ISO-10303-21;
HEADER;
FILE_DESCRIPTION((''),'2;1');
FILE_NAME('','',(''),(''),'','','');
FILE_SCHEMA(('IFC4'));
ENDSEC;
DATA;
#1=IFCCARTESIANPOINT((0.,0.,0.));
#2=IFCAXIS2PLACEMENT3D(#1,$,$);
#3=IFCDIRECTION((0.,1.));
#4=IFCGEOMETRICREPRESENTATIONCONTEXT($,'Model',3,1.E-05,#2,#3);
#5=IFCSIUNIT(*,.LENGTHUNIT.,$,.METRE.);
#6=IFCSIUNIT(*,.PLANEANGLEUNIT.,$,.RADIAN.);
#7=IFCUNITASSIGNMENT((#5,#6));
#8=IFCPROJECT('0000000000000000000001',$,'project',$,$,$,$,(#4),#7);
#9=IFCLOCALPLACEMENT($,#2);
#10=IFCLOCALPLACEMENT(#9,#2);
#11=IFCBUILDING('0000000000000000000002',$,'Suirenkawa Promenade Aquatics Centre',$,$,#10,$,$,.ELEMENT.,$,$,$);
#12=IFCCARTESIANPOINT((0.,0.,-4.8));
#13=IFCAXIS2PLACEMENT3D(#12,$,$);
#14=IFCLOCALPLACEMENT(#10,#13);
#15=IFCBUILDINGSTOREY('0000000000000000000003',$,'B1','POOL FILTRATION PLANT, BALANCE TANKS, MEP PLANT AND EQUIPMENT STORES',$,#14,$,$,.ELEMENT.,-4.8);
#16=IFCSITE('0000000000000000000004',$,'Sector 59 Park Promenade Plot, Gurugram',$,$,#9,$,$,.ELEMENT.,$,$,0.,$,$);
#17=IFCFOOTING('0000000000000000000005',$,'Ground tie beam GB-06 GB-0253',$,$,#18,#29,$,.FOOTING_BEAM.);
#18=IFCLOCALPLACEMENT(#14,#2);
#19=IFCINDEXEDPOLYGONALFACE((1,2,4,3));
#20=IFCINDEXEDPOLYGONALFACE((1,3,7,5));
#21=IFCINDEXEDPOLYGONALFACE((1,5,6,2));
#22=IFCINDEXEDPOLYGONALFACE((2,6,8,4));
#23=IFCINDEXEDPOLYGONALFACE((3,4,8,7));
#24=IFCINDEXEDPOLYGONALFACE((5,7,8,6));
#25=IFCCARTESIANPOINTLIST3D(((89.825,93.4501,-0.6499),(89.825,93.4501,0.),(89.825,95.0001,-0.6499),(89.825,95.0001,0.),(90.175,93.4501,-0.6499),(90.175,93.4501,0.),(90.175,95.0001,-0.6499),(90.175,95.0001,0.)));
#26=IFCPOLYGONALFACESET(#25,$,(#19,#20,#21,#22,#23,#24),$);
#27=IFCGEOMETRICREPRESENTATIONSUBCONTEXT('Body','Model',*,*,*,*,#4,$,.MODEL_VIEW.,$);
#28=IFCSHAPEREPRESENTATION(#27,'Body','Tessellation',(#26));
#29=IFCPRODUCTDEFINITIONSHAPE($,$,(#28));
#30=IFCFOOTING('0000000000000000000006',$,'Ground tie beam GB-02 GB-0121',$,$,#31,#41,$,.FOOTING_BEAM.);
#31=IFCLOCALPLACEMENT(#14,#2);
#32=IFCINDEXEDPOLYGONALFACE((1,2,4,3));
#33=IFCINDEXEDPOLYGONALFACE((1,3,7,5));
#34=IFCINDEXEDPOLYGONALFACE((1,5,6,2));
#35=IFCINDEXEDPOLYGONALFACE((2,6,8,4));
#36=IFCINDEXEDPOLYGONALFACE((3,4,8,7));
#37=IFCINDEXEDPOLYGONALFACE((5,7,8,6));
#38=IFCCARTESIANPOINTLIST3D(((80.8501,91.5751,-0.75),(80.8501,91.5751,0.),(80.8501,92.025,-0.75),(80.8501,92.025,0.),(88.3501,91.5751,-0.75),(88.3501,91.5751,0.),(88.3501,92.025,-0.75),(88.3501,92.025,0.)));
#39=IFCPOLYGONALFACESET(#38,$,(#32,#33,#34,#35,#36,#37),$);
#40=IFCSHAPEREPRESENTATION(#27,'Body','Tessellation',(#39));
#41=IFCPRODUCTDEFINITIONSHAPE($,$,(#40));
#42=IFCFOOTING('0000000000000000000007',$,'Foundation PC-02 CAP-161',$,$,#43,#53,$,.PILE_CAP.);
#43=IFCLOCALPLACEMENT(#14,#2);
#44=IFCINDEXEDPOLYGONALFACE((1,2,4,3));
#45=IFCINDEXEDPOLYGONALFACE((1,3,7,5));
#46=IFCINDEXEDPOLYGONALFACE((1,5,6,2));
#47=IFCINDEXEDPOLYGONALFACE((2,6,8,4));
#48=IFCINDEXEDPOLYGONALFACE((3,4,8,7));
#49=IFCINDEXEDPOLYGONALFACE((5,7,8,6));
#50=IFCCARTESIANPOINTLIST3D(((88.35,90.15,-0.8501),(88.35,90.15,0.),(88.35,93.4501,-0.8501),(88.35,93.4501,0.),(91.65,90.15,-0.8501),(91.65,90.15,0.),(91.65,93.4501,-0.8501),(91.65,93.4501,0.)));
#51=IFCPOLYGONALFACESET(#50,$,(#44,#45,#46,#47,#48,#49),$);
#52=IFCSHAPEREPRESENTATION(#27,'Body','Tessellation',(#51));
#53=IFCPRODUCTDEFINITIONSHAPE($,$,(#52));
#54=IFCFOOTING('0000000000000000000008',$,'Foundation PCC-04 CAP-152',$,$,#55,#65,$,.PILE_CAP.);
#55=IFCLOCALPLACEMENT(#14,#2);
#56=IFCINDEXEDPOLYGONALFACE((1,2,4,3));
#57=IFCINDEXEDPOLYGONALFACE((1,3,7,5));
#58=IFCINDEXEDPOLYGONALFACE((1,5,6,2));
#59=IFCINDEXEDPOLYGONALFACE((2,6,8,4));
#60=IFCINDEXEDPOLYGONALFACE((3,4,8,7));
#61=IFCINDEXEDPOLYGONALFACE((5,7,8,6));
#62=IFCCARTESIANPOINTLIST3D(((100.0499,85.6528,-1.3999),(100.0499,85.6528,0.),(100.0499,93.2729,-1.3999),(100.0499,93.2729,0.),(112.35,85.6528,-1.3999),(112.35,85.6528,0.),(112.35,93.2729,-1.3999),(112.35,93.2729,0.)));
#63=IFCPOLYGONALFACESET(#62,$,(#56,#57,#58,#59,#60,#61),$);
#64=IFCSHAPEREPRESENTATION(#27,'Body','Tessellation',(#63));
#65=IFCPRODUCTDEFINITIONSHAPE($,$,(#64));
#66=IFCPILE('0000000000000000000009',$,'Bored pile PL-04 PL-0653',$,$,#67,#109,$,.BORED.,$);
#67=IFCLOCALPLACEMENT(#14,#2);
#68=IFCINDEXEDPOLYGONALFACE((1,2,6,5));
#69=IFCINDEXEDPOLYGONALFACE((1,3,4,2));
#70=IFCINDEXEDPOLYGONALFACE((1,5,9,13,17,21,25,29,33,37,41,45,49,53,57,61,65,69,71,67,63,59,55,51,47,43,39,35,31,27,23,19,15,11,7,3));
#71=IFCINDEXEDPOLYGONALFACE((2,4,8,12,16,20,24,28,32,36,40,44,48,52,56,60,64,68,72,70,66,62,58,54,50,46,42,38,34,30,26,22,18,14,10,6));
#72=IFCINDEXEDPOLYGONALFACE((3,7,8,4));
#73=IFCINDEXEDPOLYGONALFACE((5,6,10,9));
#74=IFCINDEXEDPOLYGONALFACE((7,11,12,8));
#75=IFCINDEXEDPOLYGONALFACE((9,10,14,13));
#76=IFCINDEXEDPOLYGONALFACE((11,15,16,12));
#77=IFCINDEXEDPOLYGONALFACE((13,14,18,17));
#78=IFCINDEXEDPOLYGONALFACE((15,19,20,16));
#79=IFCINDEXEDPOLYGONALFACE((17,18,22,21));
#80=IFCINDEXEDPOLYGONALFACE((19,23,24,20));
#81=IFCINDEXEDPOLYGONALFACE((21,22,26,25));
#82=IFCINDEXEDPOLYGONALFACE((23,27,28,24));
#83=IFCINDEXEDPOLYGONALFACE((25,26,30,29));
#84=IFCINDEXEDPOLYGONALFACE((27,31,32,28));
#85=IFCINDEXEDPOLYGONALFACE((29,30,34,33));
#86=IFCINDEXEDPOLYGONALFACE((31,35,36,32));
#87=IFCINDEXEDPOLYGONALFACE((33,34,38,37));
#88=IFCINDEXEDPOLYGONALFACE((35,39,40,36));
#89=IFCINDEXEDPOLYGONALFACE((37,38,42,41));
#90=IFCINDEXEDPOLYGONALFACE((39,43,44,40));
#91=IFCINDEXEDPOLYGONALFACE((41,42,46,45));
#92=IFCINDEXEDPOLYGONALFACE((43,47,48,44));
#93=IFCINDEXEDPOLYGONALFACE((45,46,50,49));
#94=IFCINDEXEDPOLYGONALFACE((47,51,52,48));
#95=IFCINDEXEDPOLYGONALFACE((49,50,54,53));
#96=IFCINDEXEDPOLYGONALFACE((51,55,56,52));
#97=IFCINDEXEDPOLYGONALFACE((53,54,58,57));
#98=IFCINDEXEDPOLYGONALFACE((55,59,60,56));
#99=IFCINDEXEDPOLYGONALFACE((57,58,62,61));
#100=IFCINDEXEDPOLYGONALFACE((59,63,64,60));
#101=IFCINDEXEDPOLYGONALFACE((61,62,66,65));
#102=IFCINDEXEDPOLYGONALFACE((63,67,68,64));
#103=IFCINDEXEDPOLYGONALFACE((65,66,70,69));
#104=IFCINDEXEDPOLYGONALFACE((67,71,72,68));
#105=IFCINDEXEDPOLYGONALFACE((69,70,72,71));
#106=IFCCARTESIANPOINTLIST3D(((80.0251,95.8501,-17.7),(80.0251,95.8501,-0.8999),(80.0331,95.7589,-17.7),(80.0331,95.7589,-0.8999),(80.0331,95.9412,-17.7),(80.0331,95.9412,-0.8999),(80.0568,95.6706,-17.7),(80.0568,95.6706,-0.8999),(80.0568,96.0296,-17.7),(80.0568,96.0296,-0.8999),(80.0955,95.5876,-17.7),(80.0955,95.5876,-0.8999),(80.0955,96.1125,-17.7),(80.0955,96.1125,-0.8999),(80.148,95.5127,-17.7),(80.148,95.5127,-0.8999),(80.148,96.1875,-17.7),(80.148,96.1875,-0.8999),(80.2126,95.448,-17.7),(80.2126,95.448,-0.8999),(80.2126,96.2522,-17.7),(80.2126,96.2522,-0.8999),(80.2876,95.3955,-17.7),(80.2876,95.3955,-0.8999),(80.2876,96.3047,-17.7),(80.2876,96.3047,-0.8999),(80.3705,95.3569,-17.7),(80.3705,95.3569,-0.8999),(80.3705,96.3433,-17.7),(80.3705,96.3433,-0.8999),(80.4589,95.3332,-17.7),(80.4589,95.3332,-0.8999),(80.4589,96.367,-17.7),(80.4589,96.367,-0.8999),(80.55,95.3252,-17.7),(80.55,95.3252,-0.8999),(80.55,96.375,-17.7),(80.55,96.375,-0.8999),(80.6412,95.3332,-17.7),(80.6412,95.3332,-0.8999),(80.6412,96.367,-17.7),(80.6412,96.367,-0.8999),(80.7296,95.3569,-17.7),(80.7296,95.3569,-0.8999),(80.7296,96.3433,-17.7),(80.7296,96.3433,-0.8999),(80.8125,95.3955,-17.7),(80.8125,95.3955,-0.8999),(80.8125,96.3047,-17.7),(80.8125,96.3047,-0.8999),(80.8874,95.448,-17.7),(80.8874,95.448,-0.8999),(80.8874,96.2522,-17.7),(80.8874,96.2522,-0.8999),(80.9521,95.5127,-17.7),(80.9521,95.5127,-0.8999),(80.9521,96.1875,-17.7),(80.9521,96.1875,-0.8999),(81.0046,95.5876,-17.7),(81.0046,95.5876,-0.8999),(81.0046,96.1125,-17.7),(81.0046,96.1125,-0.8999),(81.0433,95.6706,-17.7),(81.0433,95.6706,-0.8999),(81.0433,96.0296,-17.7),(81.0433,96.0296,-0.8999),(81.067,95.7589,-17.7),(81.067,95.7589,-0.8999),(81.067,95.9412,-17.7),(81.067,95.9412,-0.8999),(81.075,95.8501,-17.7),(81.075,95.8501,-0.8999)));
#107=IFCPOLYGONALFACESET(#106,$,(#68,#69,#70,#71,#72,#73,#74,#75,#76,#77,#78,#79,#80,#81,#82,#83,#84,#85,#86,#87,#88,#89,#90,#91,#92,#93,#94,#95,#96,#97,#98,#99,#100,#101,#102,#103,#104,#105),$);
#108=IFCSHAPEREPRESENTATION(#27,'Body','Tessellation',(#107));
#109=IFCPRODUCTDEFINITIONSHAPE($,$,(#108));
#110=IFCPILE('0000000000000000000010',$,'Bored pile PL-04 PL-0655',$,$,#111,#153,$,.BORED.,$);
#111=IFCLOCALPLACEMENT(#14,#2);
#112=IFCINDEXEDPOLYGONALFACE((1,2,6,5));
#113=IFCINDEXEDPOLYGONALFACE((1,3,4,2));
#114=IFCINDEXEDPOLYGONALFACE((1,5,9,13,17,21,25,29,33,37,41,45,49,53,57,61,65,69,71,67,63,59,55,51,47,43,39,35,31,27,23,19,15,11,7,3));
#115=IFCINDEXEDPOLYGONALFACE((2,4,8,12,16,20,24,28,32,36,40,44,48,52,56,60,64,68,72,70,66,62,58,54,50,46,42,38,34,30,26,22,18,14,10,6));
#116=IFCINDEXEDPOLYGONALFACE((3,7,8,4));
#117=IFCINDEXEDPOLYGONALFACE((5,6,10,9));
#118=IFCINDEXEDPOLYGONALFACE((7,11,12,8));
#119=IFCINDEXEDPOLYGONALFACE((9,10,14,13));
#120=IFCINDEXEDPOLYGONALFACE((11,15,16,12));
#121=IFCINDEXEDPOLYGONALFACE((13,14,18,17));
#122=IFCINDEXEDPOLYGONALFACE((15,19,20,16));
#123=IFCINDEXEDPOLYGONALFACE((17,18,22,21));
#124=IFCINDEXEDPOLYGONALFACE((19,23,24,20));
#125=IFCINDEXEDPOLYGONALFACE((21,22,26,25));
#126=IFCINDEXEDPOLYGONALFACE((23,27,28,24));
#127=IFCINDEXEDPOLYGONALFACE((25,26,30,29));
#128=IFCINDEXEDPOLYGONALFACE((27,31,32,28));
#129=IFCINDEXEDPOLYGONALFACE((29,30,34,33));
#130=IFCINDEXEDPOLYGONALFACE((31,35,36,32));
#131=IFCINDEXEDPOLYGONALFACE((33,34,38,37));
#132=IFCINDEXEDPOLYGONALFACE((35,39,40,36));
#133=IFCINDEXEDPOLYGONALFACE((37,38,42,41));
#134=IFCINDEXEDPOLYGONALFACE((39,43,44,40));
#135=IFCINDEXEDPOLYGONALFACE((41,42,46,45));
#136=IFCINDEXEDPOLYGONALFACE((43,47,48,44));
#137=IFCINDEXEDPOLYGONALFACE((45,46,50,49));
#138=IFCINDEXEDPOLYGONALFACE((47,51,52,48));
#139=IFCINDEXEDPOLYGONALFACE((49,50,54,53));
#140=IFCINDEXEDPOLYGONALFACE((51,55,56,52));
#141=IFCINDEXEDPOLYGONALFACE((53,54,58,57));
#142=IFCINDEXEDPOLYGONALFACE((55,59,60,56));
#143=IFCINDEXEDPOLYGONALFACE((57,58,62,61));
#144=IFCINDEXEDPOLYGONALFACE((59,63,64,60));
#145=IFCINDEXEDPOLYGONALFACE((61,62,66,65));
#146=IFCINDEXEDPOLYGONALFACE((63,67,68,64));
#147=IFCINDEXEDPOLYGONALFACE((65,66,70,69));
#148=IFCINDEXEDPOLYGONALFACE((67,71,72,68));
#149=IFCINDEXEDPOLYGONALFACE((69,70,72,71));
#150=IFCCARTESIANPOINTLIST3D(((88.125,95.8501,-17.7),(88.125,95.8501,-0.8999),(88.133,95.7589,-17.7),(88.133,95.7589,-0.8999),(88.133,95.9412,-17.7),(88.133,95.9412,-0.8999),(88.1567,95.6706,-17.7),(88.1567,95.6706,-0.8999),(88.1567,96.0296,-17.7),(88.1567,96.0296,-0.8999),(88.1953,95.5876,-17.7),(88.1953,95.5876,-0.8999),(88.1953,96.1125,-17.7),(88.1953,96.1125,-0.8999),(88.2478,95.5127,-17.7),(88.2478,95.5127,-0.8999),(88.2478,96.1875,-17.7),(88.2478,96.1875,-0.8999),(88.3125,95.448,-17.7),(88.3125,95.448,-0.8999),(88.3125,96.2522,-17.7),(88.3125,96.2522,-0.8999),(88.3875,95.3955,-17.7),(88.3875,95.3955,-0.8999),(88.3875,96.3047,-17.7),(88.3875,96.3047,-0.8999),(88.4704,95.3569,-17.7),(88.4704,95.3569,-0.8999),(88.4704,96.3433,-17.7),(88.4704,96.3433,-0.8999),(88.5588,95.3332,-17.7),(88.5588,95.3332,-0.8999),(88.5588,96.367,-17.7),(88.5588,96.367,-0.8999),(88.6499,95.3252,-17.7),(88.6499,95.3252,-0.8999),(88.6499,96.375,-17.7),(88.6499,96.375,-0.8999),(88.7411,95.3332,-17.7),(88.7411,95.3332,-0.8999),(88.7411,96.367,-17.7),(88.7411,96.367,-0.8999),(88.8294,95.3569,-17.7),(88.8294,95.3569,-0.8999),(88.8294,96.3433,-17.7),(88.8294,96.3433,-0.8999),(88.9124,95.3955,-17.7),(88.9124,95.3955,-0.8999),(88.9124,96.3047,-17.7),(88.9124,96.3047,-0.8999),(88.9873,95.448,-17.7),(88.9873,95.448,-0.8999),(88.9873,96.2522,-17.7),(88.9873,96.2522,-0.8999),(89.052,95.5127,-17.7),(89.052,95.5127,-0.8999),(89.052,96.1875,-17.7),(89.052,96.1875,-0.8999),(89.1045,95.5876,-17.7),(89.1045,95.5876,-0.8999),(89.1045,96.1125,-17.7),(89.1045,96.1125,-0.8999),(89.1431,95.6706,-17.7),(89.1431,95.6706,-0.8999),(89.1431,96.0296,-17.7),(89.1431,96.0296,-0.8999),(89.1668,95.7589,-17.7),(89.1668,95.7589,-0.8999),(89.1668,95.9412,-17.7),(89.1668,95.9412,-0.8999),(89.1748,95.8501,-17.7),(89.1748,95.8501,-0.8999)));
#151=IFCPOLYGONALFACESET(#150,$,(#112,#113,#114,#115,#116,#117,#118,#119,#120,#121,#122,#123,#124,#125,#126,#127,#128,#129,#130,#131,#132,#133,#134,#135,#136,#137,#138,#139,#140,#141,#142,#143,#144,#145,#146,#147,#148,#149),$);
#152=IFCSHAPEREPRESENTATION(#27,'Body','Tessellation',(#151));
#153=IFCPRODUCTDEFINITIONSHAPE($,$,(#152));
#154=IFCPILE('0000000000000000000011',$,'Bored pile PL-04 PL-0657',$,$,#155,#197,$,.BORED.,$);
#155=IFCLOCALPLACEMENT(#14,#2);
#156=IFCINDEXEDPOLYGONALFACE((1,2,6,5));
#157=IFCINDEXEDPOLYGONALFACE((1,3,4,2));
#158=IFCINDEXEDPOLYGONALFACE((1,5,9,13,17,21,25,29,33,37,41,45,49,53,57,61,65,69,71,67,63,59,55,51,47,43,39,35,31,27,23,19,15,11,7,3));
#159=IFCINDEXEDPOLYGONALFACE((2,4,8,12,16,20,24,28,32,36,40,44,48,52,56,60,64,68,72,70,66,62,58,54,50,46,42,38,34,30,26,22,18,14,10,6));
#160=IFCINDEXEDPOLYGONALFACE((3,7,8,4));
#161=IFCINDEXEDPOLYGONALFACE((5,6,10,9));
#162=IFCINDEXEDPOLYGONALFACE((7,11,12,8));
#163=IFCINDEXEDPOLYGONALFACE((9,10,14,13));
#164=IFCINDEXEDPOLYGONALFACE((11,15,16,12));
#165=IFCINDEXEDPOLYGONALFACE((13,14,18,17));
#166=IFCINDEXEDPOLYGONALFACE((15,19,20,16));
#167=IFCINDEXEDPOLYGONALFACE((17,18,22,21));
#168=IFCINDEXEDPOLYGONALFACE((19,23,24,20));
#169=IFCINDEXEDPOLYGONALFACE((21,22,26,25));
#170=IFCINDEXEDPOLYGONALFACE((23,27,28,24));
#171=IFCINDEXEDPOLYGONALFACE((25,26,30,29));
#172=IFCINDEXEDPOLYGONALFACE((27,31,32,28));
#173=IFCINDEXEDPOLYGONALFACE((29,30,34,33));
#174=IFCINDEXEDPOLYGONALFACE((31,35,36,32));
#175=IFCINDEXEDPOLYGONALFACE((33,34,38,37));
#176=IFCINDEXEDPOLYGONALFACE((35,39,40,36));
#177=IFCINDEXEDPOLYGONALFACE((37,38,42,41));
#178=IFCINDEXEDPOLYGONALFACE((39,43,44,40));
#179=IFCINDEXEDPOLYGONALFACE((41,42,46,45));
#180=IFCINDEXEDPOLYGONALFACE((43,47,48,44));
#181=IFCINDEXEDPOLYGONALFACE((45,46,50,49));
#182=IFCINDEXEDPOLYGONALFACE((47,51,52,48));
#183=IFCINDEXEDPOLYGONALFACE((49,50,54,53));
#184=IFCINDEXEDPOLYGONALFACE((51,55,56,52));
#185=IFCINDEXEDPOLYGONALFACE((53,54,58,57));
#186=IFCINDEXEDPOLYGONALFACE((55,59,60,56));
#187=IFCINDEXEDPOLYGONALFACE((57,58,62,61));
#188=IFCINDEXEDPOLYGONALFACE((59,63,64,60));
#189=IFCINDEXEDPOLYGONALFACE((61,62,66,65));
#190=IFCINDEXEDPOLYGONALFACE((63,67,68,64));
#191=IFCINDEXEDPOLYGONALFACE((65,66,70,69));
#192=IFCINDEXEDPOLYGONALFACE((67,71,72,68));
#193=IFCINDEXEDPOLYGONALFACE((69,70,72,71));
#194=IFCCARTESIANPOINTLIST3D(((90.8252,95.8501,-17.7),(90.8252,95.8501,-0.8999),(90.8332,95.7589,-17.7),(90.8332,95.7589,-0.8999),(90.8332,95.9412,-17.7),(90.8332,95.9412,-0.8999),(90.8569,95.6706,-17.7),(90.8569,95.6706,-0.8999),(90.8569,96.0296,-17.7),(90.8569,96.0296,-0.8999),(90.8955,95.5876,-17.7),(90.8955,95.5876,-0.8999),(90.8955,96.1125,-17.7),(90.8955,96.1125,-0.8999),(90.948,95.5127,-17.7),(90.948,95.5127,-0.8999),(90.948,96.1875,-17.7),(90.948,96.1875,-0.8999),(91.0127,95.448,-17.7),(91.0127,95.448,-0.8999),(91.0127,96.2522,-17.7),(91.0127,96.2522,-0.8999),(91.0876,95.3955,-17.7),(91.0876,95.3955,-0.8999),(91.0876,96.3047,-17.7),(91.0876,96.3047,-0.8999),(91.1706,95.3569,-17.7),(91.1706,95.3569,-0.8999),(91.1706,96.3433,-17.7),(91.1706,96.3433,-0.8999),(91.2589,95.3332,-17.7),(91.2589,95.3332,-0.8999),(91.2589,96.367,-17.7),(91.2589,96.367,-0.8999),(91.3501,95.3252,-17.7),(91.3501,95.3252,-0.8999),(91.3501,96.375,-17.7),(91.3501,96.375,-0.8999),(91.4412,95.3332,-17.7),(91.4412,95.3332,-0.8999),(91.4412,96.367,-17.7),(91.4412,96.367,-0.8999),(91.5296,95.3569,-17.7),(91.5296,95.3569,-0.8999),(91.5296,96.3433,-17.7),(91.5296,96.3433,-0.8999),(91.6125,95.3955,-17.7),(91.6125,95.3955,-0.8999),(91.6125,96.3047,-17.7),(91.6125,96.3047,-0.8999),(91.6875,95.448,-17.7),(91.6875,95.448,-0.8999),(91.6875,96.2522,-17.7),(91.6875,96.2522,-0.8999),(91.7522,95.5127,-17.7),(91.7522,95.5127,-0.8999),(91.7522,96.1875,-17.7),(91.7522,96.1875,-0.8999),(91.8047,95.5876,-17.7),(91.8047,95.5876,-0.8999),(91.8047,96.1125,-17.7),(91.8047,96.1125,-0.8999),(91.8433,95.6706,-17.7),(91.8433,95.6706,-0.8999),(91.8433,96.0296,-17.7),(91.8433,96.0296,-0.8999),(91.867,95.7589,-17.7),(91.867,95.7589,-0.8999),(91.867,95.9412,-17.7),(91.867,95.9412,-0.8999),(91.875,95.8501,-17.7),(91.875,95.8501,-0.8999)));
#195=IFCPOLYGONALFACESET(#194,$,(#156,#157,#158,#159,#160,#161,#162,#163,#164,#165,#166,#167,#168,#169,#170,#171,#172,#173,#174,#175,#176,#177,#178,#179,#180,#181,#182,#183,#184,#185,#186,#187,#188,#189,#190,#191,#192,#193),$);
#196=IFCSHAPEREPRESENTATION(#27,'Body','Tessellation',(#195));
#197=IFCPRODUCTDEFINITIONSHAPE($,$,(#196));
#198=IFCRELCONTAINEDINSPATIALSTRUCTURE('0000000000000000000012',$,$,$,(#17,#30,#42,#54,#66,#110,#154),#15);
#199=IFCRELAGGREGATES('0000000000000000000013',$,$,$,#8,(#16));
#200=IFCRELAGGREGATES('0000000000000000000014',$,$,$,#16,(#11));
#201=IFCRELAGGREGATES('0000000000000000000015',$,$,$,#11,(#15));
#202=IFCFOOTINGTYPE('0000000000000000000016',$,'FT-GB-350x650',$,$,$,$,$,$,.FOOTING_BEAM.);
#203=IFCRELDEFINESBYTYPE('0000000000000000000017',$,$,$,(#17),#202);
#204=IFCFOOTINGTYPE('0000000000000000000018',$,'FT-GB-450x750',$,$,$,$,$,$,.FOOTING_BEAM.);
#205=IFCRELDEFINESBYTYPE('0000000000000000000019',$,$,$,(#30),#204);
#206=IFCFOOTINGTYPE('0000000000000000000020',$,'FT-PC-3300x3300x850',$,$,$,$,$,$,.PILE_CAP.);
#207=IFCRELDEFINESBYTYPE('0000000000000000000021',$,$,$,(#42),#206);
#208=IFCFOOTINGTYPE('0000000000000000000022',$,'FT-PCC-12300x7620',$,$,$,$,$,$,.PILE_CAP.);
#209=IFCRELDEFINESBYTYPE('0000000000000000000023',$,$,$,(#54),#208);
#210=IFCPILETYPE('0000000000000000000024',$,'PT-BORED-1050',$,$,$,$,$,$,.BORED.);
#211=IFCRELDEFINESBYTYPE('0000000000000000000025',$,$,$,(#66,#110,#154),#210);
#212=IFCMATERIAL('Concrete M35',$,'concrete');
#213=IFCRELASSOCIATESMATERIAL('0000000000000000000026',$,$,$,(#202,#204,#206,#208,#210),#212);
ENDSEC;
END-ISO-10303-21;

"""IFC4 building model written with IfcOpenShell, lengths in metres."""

from ifc_helpers import new_model, si_unit, direction, frame, origin, origin_2d, place, context, subcontext, project, spatial, rectangle, circle, extrude, material, material_profile, profile_set, type_object, element, save


model = new_model("IFC4")

# Units and contexts
model_context = context("Model", 3, precision=1e-05, world=origin(), true_north=direction((0.0, 1.0)))
body_context = subcontext(model_context, "Body", "Model", "MODEL_VIEW")
ifc_project = project(units=[si_unit("LENGTHUNIT", "METRE"), si_unit("PLANEANGLEUNIT", "RADIAN")], contexts=[model_context])

# Site, building, storey
site_placement = place(None, origin())
site = spatial("IfcSite", under=ifc_project, at=site_placement, Name="Sector 59 Park Promenade Plot, Gurugram", CompositionType="ELEMENT", RefElevation=0.0)
building_placement = place(site_placement, origin())
building = spatial("IfcBuilding", under=site, at=building_placement, Name="Suirenkawa Promenade Aquatics Centre", CompositionType="ELEMENT")
storey_placement = place(building_placement, frame((0.0, 0.0, -4.8)))
storey = spatial("IfcBuildingStorey", under=building, at=storey_placement, Name="B1", Description="POOL FILTRATION PLANT, BALANCE TANKS, MEP PLANT AND EQUIPMENT STORES", CompositionType="ELEMENT", Elevation=-4.8)

# Footings
ifc_material_1 = material(Name="Concrete M35", Category="concrete")
footing_type_1 = type_object("IfcFootingType", Name="FT-GB-350x650", PredefinedType="FOOTING_BEAM", material=ifc_material_1)
footing_1_placement = place(storey_placement, frame((90.0, 94.2251, -0.6499), z_axis=(0.0, 0.0, 1.0), x_axis=(0.0, 1.0, 0.0)))
element("IfcFooting", 1, at=footing_1_placement, inside=storey, type_object=footing_type_1, Name="Ground tie beam GB-06 GB-0253", PredefinedType="FOOTING_BEAM", context=body_context, shape_type="SweptSolid", body=[
    extrude(rectangle(XDim=1.55, YDim=0.3501, at=origin_2d()), origin(), (0.0, 0.0, 1.0), 0.6499),
])
footing_type_2 = type_object("IfcFootingType", Name="FT-GB-450x750", PredefinedType="FOOTING_BEAM", material=ifc_material_1)
footing_2_placement = place(storey_placement, frame((84.6001, 91.8, -0.75), z_axis=(0.0, 0.0, 1.0), x_axis=(1.0, 0.0, 0.0)))
element("IfcFooting", 2, at=footing_2_placement, inside=storey, type_object=footing_type_2, Name="Ground tie beam GB-02 GB-0121", PredefinedType="FOOTING_BEAM", context=body_context, shape_type="SweptSolid", body=[
    extrude(rectangle(XDim=7.5, YDim=0.45, at=origin_2d()), origin(), (0.0, 0.0, 1.0), 0.75),
])
footing_type_3 = type_object("IfcFootingType", Name="FT-PC-3300x3300x850", PredefinedType="PILE_CAP", material=ifc_material_1)
footing_3_placement = place(storey_placement, frame((90.0, 91.8, -0.8501), z_axis=(0.0, 0.0, 1.0), x_axis=(1.0, 0.0, 0.0)))
element("IfcFooting", 3, at=footing_3_placement, inside=storey, type_object=footing_type_3, Name="Foundation PC-02 CAP-161", PredefinedType="PILE_CAP", context=body_context, shape_type="SweptSolid", body=[
    extrude(rectangle(XDim=3.3, YDim=3.3, at=origin_2d()), origin(), (0.0, 0.0, 1.0), 0.8501),
])
footing_type_4 = type_object("IfcFootingType", Name="FT-PCC-12300x7620", PredefinedType="PILE_CAP", material=ifc_material_1)
footing_4_placement = place(storey_placement, frame((106.2, 89.4629, -1.3999), z_axis=(0.0, 0.0, 1.0), x_axis=(1.0, 0.0, 0.0)))
element("IfcFooting", 4, at=footing_4_placement, inside=storey, type_object=footing_type_4, Name="Foundation PCC-04 CAP-152", PredefinedType="PILE_CAP", context=body_context, shape_type="SweptSolid", body=[
    extrude(rectangle(XDim=12.3, YDim=7.6201, at=origin_2d()), origin(), (0.0, 0.0, 1.0), 1.3999),
])

# Piles
ifc_material_profile_1 = material_profile(ifc_material_1, circle(Radius=0.5249, at=origin_2d()), Name="PILE D1050", Category="concrete")
ifc_profile_set_1 = profile_set([ifc_material_profile_1], Name="Concrete M35")
pile_type_1 = type_object("IfcPileType", Name="PT-BORED-1050", PredefinedType="BORED", material=ifc_profile_set_1)
for number, where, z_axis, x_axis, name in (
    (5, (80.55, 95.8501, -0.8999), (0.0, 0.0, -1.0), (1.0, 0.0, 0.0), "Bored pile PL-04 PL-0653"),
    (6, (88.6499, 95.8501, -0.8999), (0.0, 0.0, -1.0), (1.0, 0.0, 0.0), "Bored pile PL-04 PL-0655"),
    (7, (91.3501, 95.8501, -0.8999), (0.0, 0.0, -1.0), (1.0, 0.0, 0.0), "Bored pile PL-04 PL-0657"),
):
    element("IfcPile", number, at=place(storey_placement, frame(where, z_axis=z_axis, x_axis=x_axis)), inside=storey, type_object=pile_type_1, Name=name, PredefinedType="BORED", context=body_context, shape_type="SweptSolid", body=[
        extrude(circle(Radius=0.5249, at=origin_2d()), origin(), (0.0, 0.0, 1.0), 16.8),
    ])

save(model, "model.ifc")
